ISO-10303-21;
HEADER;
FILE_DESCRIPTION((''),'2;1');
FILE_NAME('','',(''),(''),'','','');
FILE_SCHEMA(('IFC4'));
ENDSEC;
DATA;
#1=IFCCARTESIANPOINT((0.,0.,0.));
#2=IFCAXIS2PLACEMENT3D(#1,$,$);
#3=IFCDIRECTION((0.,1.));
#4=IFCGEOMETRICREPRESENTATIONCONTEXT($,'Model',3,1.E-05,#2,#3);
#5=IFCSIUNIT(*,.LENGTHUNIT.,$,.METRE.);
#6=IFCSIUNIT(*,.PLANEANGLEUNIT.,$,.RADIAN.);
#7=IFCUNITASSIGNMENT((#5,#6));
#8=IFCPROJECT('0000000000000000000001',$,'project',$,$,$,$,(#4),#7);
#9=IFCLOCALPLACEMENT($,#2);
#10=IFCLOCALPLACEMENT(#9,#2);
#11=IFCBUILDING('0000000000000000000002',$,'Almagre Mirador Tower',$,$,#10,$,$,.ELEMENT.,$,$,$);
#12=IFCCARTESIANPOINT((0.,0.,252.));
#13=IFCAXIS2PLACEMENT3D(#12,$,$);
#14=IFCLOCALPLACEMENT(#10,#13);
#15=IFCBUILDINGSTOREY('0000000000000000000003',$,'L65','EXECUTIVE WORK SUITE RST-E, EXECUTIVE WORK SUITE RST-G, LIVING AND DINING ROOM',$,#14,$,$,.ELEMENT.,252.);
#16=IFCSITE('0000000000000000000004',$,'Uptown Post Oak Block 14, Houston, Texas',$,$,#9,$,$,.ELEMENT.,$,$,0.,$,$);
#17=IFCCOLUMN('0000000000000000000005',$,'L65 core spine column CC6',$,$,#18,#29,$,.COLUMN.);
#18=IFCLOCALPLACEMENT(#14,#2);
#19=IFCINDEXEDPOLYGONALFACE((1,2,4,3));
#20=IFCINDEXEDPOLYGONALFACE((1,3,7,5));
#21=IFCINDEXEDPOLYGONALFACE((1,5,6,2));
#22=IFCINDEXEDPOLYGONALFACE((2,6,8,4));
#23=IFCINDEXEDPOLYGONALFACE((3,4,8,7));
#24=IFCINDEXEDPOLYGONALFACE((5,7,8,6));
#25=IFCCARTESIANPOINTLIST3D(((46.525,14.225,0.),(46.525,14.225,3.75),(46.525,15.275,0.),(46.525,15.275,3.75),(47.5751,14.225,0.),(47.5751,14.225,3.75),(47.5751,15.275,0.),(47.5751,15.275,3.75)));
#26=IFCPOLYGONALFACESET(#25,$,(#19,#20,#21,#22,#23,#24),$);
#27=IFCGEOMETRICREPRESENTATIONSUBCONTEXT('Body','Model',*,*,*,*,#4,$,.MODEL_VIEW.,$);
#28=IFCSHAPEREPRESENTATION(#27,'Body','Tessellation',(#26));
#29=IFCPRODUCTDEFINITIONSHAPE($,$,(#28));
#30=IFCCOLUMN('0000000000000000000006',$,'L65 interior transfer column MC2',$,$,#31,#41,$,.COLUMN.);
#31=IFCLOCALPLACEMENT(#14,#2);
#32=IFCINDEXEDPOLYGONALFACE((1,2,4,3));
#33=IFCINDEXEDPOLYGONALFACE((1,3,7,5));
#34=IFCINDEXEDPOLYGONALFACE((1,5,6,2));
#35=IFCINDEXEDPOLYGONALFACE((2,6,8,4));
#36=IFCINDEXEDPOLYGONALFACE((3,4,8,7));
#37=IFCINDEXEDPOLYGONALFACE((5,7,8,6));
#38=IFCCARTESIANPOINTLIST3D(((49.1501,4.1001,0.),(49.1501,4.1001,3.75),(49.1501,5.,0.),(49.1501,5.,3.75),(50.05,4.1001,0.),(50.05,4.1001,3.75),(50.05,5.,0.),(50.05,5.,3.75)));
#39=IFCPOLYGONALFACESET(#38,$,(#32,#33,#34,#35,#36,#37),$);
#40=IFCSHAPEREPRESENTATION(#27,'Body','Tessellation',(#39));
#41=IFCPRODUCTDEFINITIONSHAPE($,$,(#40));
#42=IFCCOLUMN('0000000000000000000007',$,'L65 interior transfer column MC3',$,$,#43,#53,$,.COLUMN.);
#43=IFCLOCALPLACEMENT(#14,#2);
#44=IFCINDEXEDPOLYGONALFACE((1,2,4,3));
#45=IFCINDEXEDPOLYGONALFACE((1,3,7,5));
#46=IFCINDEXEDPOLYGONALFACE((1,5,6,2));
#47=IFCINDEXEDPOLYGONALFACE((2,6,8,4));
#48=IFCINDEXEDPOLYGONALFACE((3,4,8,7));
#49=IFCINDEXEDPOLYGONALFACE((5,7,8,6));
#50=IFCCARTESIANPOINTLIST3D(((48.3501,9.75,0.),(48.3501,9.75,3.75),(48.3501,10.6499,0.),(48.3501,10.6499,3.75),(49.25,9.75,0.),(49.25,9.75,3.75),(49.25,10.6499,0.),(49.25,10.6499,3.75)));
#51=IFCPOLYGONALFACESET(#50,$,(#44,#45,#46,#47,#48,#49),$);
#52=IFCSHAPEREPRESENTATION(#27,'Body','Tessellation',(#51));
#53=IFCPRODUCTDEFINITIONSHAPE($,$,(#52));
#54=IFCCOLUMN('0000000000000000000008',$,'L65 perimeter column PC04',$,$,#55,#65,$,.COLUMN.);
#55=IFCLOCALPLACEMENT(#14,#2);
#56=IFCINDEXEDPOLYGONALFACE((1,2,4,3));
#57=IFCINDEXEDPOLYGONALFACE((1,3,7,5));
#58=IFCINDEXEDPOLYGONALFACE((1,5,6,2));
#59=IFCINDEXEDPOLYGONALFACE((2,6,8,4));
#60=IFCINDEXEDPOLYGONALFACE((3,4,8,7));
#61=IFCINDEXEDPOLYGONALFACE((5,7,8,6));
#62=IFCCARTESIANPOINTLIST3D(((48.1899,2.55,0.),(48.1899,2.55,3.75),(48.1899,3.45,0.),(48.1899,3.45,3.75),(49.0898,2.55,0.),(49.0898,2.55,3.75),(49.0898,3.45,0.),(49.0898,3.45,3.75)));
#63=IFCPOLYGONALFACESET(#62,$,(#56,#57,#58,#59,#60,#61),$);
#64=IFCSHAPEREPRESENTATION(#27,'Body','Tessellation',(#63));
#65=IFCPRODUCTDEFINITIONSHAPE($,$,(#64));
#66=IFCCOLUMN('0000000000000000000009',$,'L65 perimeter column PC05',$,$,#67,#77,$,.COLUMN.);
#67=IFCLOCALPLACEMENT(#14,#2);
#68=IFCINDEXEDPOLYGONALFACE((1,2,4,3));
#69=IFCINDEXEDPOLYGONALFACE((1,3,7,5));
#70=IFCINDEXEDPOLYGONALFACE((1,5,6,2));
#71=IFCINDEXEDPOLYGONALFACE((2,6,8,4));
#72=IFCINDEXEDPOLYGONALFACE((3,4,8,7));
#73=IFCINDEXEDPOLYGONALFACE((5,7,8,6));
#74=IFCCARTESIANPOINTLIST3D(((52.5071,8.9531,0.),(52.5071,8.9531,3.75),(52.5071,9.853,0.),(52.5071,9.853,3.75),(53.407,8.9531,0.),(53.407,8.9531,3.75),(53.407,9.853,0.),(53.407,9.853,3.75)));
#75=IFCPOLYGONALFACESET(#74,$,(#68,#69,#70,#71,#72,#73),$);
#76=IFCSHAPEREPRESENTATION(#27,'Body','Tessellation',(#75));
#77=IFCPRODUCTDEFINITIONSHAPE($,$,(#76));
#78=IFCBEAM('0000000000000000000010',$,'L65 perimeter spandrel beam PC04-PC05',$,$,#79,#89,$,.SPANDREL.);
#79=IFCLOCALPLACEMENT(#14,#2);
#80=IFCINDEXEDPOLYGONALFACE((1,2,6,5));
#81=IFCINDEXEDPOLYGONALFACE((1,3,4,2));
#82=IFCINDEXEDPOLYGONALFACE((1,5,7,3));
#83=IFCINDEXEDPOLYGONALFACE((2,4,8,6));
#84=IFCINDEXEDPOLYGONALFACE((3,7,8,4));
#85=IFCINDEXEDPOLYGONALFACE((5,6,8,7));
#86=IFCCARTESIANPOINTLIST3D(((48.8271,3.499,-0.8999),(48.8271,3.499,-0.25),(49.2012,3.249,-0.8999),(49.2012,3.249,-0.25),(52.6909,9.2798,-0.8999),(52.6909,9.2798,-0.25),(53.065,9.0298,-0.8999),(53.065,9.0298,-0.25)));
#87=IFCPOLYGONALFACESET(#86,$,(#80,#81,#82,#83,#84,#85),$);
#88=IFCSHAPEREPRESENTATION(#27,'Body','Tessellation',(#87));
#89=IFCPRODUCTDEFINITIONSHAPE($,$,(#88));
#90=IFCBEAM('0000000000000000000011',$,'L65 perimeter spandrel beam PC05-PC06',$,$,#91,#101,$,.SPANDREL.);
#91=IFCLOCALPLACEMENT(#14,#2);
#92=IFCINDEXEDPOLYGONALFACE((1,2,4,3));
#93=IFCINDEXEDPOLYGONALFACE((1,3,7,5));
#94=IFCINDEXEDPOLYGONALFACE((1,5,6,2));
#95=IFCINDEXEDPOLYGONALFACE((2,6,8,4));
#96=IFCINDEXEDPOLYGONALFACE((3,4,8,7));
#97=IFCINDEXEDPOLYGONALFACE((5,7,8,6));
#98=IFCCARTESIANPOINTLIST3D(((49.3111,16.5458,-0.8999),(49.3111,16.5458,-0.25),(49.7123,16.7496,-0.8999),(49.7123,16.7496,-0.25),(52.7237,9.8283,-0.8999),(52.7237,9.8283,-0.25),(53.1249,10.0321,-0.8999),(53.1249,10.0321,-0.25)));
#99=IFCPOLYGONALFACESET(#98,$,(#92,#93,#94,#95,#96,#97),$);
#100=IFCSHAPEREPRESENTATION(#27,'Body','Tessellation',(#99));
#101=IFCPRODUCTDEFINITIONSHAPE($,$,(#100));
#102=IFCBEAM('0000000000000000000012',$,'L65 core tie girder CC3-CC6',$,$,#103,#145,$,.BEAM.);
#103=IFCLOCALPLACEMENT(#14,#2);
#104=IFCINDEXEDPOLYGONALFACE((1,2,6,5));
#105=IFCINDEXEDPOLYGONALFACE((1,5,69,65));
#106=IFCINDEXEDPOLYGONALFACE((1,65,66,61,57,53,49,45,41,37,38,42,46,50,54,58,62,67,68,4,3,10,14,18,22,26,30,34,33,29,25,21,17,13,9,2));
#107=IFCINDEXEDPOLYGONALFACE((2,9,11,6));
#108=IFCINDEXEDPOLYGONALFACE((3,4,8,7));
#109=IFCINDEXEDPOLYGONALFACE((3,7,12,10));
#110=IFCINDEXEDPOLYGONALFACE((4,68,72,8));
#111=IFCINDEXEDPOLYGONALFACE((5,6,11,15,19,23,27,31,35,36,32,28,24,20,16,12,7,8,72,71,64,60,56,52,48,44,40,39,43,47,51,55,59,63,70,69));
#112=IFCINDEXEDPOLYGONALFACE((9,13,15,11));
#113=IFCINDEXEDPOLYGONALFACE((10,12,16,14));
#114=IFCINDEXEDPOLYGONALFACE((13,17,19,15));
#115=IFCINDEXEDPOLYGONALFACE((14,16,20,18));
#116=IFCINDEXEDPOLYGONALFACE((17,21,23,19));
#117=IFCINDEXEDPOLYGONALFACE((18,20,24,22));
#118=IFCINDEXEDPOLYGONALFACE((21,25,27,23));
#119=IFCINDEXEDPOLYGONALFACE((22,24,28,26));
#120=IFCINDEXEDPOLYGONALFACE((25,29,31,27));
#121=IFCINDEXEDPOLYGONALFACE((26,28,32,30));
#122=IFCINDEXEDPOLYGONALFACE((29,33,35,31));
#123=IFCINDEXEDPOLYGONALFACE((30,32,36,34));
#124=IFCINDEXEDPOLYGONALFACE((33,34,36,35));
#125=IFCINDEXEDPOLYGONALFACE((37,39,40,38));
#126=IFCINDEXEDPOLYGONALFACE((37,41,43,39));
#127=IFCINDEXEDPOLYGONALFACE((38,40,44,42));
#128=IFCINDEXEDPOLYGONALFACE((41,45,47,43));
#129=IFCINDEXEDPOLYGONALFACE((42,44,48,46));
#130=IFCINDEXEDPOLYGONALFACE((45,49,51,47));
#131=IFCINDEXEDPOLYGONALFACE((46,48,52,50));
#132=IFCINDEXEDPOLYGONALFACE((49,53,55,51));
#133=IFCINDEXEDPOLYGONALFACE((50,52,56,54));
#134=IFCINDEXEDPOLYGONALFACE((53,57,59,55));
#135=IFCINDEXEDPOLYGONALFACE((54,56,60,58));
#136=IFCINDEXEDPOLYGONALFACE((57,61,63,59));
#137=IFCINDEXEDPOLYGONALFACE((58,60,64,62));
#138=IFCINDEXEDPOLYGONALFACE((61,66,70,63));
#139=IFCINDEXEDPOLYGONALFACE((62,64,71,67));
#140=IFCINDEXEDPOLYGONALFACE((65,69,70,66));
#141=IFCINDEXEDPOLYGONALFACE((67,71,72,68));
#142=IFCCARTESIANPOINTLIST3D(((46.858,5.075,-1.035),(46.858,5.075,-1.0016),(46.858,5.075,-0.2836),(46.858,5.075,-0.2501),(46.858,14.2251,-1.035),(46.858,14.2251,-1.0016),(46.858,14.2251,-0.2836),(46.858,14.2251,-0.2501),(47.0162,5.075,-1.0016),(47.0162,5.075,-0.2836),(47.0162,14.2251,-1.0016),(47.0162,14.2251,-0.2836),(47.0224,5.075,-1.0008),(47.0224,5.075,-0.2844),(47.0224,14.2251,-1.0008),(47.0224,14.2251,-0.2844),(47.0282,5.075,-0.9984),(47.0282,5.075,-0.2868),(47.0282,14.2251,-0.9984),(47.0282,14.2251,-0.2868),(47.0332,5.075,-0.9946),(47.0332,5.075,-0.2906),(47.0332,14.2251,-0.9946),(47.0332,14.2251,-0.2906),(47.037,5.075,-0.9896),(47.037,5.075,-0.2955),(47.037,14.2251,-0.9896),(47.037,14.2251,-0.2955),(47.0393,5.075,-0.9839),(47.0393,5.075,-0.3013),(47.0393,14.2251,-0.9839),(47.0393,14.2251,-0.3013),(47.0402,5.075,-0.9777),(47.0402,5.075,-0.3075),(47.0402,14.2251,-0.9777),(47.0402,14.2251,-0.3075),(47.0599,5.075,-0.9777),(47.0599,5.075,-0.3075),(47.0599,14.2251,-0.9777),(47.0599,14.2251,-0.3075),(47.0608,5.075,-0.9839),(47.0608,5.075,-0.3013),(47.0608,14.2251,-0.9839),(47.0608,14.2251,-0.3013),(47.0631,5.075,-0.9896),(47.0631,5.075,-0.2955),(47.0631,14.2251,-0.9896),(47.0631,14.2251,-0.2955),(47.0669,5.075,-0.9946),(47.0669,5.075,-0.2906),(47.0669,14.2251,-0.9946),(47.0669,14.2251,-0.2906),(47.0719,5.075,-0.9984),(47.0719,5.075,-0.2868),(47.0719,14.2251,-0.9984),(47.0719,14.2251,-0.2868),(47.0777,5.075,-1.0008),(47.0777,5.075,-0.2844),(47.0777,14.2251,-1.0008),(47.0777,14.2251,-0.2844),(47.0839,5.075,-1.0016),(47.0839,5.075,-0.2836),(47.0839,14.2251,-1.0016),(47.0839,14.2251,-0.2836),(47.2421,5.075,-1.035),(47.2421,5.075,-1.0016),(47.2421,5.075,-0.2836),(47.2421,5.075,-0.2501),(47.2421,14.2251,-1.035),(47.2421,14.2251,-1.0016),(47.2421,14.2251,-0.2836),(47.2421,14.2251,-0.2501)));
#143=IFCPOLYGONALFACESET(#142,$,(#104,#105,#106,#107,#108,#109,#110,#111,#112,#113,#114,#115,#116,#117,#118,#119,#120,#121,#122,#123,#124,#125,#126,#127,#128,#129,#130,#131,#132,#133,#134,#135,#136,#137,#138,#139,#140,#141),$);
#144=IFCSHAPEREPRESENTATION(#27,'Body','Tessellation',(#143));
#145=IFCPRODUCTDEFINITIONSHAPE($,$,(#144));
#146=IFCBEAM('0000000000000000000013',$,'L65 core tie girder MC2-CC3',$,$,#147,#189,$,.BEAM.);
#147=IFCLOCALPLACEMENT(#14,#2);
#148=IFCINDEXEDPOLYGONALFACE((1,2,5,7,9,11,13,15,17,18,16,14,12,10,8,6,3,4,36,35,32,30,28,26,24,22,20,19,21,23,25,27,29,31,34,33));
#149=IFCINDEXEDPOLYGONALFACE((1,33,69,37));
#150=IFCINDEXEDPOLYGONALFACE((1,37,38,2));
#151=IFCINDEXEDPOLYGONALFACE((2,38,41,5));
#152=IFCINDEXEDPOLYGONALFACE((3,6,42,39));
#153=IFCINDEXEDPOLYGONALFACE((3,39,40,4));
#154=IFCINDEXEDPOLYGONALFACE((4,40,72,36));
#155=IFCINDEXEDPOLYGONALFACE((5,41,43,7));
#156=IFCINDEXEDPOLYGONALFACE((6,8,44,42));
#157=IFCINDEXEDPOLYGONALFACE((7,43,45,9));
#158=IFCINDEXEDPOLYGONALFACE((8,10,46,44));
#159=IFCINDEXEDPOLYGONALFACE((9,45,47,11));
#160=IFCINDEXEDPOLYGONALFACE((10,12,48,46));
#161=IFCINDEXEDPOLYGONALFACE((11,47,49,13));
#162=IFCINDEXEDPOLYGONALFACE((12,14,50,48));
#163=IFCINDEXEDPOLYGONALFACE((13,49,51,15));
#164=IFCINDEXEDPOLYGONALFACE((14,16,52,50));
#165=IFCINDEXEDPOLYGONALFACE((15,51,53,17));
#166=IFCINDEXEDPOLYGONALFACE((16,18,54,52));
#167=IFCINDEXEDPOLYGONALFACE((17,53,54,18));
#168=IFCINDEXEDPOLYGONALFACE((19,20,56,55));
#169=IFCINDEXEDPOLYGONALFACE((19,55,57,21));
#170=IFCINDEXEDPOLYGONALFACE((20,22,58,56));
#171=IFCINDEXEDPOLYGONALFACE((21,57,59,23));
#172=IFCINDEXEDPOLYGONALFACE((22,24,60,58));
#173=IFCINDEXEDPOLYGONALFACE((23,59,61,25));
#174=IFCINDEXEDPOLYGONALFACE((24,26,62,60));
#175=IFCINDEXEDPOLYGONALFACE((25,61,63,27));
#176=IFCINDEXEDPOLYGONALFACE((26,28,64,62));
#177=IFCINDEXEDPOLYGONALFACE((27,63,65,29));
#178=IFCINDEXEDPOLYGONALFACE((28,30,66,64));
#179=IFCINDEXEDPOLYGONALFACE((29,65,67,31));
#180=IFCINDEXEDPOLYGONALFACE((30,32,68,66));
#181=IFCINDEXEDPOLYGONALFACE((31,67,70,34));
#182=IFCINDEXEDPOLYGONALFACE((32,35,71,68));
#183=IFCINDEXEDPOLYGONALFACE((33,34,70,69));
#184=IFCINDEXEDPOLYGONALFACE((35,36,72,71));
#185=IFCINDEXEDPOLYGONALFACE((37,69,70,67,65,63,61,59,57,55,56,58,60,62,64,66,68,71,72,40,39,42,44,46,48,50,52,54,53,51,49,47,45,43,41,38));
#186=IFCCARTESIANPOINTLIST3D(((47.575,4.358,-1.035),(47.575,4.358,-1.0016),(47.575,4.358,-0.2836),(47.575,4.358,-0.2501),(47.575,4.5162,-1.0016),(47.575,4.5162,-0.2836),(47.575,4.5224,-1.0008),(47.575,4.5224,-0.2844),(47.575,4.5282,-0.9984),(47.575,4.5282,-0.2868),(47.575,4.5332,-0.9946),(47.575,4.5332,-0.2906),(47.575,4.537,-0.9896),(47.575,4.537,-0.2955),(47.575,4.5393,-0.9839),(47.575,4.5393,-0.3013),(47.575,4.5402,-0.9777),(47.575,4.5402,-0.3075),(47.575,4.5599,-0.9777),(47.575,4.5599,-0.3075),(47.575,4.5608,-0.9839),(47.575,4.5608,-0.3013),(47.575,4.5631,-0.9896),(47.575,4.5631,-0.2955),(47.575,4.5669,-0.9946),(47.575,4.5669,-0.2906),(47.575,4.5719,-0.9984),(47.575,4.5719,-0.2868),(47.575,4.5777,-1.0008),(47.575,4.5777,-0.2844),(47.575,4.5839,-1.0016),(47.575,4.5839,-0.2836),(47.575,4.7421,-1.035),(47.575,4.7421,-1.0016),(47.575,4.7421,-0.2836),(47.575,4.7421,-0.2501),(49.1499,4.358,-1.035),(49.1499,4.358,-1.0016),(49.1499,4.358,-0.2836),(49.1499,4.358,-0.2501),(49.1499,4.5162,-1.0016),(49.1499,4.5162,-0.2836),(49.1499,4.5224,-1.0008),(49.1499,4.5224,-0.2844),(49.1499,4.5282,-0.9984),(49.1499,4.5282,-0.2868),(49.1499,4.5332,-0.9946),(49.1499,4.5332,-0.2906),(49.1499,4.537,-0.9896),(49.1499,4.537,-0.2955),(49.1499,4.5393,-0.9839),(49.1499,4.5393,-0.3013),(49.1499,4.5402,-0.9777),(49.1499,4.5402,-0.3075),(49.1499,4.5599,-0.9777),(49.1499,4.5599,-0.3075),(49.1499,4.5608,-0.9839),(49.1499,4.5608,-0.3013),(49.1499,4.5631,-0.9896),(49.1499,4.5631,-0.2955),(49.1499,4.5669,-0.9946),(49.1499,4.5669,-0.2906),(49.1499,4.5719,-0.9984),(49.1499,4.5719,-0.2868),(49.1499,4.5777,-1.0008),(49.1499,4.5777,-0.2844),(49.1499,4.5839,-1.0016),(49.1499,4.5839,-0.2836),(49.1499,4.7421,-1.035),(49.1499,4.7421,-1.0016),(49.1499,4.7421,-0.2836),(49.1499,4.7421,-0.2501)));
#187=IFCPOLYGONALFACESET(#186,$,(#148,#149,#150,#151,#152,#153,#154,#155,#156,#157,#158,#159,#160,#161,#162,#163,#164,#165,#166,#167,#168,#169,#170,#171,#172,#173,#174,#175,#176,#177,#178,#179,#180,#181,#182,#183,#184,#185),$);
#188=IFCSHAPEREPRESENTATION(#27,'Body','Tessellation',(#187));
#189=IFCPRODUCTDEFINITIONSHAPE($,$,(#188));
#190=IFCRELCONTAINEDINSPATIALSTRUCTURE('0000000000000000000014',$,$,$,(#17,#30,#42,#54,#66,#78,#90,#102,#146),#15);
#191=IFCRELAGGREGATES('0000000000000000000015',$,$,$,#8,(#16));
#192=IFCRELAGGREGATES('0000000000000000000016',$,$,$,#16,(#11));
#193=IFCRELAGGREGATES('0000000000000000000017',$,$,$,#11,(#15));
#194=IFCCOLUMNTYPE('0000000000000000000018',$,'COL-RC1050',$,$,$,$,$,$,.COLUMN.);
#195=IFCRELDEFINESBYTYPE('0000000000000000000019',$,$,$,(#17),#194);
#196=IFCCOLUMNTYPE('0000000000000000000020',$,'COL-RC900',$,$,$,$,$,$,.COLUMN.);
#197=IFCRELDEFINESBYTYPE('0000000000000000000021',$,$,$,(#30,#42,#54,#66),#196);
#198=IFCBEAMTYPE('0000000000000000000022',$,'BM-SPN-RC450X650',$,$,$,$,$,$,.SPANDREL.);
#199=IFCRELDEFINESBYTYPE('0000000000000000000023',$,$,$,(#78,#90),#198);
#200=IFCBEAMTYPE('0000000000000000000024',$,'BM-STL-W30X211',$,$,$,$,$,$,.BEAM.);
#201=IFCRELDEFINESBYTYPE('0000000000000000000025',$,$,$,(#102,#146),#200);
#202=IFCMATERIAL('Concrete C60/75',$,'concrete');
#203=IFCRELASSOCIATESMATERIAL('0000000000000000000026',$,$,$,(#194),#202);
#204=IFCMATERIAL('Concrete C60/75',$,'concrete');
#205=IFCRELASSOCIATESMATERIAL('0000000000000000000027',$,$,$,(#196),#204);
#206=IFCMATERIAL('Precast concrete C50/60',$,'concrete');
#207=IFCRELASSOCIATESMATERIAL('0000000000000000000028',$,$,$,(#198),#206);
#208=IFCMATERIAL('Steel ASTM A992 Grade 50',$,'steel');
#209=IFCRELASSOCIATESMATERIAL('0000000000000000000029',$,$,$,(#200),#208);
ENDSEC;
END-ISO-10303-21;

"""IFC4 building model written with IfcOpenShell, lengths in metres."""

from ifc_helpers import new_model, si_unit, direction, frame, origin, origin_2d, place, context, subcontext, project, spatial, rectangle, i_section, extrude, material, material_profile, profile_set, type_object, element, save


model = new_model("IFC4")

# Units and contexts
model_context = context("Model", 3, precision=1e-05, world=origin(), true_north=direction((0.0, 1.0)))
body_context = subcontext(model_context, "Body", "Model", "MODEL_VIEW")
ifc_project = project(units=[si_unit("LENGTHUNIT", "METRE"), si_unit("PLANEANGLEUNIT", "RADIAN")], contexts=[model_context])

# Site, building, storey
site_placement = place(None, origin())
site = spatial("IfcSite", under=ifc_project, at=site_placement, Name="Uptown Post Oak Block 14, Houston, Texas", CompositionType="ELEMENT", RefElevation=0.0)
building_placement = place(site_placement, origin())
building = spatial("IfcBuilding", under=site, at=building_placement, Name="Almagre Mirador Tower", CompositionType="ELEMENT")
storey_placement = place(building_placement, frame((0.0, 0.0, 252.0)))
storey = spatial("IfcBuildingStorey", under=building, at=storey_placement, Name="L65", Description="EXECUTIVE WORK SUITE RST-E, EXECUTIVE WORK SUITE RST-G, LIVING AND DINING ROOM", CompositionType="ELEMENT", Elevation=252.0)

# Columns
ifc_material_1 = material(Name="Concrete C60/75", Category="concrete")
ifc_material_profile_1 = material_profile(ifc_material_1, rectangle(XDim=1.05, YDim=1.05, at=origin_2d()), Name="RC1050X1050")
ifc_profile_set_1 = profile_set([ifc_material_profile_1], Name="Concrete C60/75")
column_type_1 = type_object("IfcColumnType", Name="COL-RC1050", PredefinedType="COLUMN", material=ifc_profile_set_1)
column_placement = place(storey_placement, frame((47.05, 14.75, 0.0), z_axis=(0.0, 0.0, 1.0), x_axis=(1.0, 0.0, 0.0)))
element("IfcColumn", 1, at=column_placement, inside=storey, type_object=column_type_1, Name="L65 core spine column CC6", PredefinedType="COLUMN", context=body_context, shape_type="SweptSolid", body=[
    extrude(rectangle(XDim=1.05, YDim=1.05, at=origin_2d()), origin(), (0.0, 0.0, 1.0), 3.75),
])
ifc_material_2 = material(Name="Concrete C60/75", Category="concrete")
ifc_material_profile_2 = material_profile(ifc_material_2, rectangle(XDim=0.8999, YDim=0.8999, at=origin_2d()), Name="RC900X900")
ifc_profile_set_2 = profile_set([ifc_material_profile_2], Name="Concrete C60/75")
column_type_2 = type_object("IfcColumnType", Name="COL-RC900", PredefinedType="COLUMN", material=ifc_profile_set_2)
for number, where, z_axis, x_axis, name in (
    (2, (49.6001, 4.55, 0.0), (0.0, 0.0, 1.0), (1.0, 0.0, 0.0), "L65 interior transfer column MC2"),
    (3, (48.8, 10.2, 0.0), (0.0, 0.0, 1.0), (1.0, 0.0, 0.0), "L65 interior transfer column MC3"),
    (4, (48.6399, 3.0, 0.0), (0.0, 0.0, 1.0), (1.0, 0.0, 0.0), "L65 perimeter column PC04"),
    (5, (52.957, 9.4031, 0.0), (0.0, 0.0, 1.0), (1.0, 0.0, 0.0), "L65 perimeter column PC05"),
):
    element("IfcColumn", number, at=place(storey_placement, frame(where, z_axis=z_axis, x_axis=x_axis)), inside=storey, type_object=column_type_2, Name=name, PredefinedType="COLUMN", context=body_context, shape_type="SweptSolid", body=[
        extrude(rectangle(XDim=0.8999, YDim=0.8999, at=origin_2d()), origin(), (0.0, 0.0, 1.0), 3.75),
    ])

# Beams
ifc_material_3 = material(Name="Precast concrete C50/60", Category="concrete")
ifc_material_profile_3 = material_profile(ifc_material_3, rectangle(XDim=0.45, YDim=0.6499, at=origin_2d()), Name="RC450X650")
ifc_profile_set_3 = profile_set([ifc_material_profile_3], Name="Precast concrete C50/60")
beam_type_1 = type_object("IfcBeamType", Name="BM-SPN-RC450X650", PredefinedType="SPANDREL", material=ifc_profile_set_3)
beam_1_placement = place(storey_placement, frame((49.0142, 3.374, -0.575), z_axis=(0.555688, 0.831391, 0.0), x_axis=(-0.831391, 0.555688, 0.0)))
element("IfcBeam", 6, at=beam_1_placement, inside=storey, type_object=beam_type_1, Name="L65 perimeter spandrel beam PC04-PC05", PredefinedType="SPANDREL", context=body_context, shape_type="SweptSolid", body=[
    extrude(rectangle(XDim=0.45, YDim=0.6499, at=origin_2d()), origin(), (0.0, 0.0, 1.0), 6.9531),
])
beam_2_placement = place(storey_placement, frame((52.9243, 9.9302, -0.575), z_axis=(-0.45292, 0.891551, 0.0), x_axis=(-0.891551, -0.45292, 0.0)))
element("IfcBeam", 7, at=beam_2_placement, inside=storey, type_object=beam_type_1, Name="L65 perimeter spandrel beam PC05-PC06", PredefinedType="SPANDREL", context=body_context, shape_type="SweptSolid", body=[
    extrude(rectangle(XDim=0.45, YDim=0.6499, at=origin_2d()), origin(), (0.0, 0.0, 1.0), 7.5347),
])
ifc_material_4 = material(Name="Steel ASTM A992 Grade 50", Category="steel")
ifc_material_profile_4 = material_profile(ifc_material_4, i_section(OverallWidth=0.384, OverallDepth=0.7849, WebThickness=0.0198, FlangeThickness=0.0334, FilletRadius=0.0239, at=origin_2d()), Name="W30X211")
ifc_profile_set_4 = profile_set([ifc_material_profile_4], Name="Steel ASTM A992 Grade 50")
beam_type_2 = type_object("IfcBeamType", Name="BM-STL-W30X211", PredefinedType="BEAM", material=ifc_profile_set_4)
beam_3_placement = place(storey_placement, frame((47.05, 5.075, -0.6426), z_axis=(0.0, 1.0, 0.0), x_axis=(-1.0, 0.0, 0.0)))
element("IfcBeam", 8, at=beam_3_placement, inside=storey, type_object=beam_type_2, Name="L65 core tie girder CC3-CC6", PredefinedType="BEAM", context=body_context, shape_type="SweptSolid", body=[
    extrude(i_section(OverallWidth=0.384, OverallDepth=0.7849, WebThickness=0.0198, FlangeThickness=0.0334, FilletRadius=0.0239, at=origin_2d()), origin(), (0.0, 0.0, 1.0), 9.1501),
])
beam_4_placement = place(storey_placement, frame((49.1499, 4.55, -0.6426), z_axis=(-1.0, 0.0, 0.0), x_axis=(0.0, -1.0, 0.0)))
element("IfcBeam", 9, at=beam_4_placement, inside=storey, type_object=beam_type_2, Name="L65 core tie girder MC2-CC3", PredefinedType="BEAM", context=body_context, shape_type="SweptSolid", body=[
    extrude(i_section(OverallWidth=0.384, OverallDepth=0.7849, WebThickness=0.0198, FlangeThickness=0.0334, FilletRadius=0.0239, at=origin_2d()), origin(), (0.0, 0.0, 1.0), 1.575),
])

save(model, "model.ifc")
